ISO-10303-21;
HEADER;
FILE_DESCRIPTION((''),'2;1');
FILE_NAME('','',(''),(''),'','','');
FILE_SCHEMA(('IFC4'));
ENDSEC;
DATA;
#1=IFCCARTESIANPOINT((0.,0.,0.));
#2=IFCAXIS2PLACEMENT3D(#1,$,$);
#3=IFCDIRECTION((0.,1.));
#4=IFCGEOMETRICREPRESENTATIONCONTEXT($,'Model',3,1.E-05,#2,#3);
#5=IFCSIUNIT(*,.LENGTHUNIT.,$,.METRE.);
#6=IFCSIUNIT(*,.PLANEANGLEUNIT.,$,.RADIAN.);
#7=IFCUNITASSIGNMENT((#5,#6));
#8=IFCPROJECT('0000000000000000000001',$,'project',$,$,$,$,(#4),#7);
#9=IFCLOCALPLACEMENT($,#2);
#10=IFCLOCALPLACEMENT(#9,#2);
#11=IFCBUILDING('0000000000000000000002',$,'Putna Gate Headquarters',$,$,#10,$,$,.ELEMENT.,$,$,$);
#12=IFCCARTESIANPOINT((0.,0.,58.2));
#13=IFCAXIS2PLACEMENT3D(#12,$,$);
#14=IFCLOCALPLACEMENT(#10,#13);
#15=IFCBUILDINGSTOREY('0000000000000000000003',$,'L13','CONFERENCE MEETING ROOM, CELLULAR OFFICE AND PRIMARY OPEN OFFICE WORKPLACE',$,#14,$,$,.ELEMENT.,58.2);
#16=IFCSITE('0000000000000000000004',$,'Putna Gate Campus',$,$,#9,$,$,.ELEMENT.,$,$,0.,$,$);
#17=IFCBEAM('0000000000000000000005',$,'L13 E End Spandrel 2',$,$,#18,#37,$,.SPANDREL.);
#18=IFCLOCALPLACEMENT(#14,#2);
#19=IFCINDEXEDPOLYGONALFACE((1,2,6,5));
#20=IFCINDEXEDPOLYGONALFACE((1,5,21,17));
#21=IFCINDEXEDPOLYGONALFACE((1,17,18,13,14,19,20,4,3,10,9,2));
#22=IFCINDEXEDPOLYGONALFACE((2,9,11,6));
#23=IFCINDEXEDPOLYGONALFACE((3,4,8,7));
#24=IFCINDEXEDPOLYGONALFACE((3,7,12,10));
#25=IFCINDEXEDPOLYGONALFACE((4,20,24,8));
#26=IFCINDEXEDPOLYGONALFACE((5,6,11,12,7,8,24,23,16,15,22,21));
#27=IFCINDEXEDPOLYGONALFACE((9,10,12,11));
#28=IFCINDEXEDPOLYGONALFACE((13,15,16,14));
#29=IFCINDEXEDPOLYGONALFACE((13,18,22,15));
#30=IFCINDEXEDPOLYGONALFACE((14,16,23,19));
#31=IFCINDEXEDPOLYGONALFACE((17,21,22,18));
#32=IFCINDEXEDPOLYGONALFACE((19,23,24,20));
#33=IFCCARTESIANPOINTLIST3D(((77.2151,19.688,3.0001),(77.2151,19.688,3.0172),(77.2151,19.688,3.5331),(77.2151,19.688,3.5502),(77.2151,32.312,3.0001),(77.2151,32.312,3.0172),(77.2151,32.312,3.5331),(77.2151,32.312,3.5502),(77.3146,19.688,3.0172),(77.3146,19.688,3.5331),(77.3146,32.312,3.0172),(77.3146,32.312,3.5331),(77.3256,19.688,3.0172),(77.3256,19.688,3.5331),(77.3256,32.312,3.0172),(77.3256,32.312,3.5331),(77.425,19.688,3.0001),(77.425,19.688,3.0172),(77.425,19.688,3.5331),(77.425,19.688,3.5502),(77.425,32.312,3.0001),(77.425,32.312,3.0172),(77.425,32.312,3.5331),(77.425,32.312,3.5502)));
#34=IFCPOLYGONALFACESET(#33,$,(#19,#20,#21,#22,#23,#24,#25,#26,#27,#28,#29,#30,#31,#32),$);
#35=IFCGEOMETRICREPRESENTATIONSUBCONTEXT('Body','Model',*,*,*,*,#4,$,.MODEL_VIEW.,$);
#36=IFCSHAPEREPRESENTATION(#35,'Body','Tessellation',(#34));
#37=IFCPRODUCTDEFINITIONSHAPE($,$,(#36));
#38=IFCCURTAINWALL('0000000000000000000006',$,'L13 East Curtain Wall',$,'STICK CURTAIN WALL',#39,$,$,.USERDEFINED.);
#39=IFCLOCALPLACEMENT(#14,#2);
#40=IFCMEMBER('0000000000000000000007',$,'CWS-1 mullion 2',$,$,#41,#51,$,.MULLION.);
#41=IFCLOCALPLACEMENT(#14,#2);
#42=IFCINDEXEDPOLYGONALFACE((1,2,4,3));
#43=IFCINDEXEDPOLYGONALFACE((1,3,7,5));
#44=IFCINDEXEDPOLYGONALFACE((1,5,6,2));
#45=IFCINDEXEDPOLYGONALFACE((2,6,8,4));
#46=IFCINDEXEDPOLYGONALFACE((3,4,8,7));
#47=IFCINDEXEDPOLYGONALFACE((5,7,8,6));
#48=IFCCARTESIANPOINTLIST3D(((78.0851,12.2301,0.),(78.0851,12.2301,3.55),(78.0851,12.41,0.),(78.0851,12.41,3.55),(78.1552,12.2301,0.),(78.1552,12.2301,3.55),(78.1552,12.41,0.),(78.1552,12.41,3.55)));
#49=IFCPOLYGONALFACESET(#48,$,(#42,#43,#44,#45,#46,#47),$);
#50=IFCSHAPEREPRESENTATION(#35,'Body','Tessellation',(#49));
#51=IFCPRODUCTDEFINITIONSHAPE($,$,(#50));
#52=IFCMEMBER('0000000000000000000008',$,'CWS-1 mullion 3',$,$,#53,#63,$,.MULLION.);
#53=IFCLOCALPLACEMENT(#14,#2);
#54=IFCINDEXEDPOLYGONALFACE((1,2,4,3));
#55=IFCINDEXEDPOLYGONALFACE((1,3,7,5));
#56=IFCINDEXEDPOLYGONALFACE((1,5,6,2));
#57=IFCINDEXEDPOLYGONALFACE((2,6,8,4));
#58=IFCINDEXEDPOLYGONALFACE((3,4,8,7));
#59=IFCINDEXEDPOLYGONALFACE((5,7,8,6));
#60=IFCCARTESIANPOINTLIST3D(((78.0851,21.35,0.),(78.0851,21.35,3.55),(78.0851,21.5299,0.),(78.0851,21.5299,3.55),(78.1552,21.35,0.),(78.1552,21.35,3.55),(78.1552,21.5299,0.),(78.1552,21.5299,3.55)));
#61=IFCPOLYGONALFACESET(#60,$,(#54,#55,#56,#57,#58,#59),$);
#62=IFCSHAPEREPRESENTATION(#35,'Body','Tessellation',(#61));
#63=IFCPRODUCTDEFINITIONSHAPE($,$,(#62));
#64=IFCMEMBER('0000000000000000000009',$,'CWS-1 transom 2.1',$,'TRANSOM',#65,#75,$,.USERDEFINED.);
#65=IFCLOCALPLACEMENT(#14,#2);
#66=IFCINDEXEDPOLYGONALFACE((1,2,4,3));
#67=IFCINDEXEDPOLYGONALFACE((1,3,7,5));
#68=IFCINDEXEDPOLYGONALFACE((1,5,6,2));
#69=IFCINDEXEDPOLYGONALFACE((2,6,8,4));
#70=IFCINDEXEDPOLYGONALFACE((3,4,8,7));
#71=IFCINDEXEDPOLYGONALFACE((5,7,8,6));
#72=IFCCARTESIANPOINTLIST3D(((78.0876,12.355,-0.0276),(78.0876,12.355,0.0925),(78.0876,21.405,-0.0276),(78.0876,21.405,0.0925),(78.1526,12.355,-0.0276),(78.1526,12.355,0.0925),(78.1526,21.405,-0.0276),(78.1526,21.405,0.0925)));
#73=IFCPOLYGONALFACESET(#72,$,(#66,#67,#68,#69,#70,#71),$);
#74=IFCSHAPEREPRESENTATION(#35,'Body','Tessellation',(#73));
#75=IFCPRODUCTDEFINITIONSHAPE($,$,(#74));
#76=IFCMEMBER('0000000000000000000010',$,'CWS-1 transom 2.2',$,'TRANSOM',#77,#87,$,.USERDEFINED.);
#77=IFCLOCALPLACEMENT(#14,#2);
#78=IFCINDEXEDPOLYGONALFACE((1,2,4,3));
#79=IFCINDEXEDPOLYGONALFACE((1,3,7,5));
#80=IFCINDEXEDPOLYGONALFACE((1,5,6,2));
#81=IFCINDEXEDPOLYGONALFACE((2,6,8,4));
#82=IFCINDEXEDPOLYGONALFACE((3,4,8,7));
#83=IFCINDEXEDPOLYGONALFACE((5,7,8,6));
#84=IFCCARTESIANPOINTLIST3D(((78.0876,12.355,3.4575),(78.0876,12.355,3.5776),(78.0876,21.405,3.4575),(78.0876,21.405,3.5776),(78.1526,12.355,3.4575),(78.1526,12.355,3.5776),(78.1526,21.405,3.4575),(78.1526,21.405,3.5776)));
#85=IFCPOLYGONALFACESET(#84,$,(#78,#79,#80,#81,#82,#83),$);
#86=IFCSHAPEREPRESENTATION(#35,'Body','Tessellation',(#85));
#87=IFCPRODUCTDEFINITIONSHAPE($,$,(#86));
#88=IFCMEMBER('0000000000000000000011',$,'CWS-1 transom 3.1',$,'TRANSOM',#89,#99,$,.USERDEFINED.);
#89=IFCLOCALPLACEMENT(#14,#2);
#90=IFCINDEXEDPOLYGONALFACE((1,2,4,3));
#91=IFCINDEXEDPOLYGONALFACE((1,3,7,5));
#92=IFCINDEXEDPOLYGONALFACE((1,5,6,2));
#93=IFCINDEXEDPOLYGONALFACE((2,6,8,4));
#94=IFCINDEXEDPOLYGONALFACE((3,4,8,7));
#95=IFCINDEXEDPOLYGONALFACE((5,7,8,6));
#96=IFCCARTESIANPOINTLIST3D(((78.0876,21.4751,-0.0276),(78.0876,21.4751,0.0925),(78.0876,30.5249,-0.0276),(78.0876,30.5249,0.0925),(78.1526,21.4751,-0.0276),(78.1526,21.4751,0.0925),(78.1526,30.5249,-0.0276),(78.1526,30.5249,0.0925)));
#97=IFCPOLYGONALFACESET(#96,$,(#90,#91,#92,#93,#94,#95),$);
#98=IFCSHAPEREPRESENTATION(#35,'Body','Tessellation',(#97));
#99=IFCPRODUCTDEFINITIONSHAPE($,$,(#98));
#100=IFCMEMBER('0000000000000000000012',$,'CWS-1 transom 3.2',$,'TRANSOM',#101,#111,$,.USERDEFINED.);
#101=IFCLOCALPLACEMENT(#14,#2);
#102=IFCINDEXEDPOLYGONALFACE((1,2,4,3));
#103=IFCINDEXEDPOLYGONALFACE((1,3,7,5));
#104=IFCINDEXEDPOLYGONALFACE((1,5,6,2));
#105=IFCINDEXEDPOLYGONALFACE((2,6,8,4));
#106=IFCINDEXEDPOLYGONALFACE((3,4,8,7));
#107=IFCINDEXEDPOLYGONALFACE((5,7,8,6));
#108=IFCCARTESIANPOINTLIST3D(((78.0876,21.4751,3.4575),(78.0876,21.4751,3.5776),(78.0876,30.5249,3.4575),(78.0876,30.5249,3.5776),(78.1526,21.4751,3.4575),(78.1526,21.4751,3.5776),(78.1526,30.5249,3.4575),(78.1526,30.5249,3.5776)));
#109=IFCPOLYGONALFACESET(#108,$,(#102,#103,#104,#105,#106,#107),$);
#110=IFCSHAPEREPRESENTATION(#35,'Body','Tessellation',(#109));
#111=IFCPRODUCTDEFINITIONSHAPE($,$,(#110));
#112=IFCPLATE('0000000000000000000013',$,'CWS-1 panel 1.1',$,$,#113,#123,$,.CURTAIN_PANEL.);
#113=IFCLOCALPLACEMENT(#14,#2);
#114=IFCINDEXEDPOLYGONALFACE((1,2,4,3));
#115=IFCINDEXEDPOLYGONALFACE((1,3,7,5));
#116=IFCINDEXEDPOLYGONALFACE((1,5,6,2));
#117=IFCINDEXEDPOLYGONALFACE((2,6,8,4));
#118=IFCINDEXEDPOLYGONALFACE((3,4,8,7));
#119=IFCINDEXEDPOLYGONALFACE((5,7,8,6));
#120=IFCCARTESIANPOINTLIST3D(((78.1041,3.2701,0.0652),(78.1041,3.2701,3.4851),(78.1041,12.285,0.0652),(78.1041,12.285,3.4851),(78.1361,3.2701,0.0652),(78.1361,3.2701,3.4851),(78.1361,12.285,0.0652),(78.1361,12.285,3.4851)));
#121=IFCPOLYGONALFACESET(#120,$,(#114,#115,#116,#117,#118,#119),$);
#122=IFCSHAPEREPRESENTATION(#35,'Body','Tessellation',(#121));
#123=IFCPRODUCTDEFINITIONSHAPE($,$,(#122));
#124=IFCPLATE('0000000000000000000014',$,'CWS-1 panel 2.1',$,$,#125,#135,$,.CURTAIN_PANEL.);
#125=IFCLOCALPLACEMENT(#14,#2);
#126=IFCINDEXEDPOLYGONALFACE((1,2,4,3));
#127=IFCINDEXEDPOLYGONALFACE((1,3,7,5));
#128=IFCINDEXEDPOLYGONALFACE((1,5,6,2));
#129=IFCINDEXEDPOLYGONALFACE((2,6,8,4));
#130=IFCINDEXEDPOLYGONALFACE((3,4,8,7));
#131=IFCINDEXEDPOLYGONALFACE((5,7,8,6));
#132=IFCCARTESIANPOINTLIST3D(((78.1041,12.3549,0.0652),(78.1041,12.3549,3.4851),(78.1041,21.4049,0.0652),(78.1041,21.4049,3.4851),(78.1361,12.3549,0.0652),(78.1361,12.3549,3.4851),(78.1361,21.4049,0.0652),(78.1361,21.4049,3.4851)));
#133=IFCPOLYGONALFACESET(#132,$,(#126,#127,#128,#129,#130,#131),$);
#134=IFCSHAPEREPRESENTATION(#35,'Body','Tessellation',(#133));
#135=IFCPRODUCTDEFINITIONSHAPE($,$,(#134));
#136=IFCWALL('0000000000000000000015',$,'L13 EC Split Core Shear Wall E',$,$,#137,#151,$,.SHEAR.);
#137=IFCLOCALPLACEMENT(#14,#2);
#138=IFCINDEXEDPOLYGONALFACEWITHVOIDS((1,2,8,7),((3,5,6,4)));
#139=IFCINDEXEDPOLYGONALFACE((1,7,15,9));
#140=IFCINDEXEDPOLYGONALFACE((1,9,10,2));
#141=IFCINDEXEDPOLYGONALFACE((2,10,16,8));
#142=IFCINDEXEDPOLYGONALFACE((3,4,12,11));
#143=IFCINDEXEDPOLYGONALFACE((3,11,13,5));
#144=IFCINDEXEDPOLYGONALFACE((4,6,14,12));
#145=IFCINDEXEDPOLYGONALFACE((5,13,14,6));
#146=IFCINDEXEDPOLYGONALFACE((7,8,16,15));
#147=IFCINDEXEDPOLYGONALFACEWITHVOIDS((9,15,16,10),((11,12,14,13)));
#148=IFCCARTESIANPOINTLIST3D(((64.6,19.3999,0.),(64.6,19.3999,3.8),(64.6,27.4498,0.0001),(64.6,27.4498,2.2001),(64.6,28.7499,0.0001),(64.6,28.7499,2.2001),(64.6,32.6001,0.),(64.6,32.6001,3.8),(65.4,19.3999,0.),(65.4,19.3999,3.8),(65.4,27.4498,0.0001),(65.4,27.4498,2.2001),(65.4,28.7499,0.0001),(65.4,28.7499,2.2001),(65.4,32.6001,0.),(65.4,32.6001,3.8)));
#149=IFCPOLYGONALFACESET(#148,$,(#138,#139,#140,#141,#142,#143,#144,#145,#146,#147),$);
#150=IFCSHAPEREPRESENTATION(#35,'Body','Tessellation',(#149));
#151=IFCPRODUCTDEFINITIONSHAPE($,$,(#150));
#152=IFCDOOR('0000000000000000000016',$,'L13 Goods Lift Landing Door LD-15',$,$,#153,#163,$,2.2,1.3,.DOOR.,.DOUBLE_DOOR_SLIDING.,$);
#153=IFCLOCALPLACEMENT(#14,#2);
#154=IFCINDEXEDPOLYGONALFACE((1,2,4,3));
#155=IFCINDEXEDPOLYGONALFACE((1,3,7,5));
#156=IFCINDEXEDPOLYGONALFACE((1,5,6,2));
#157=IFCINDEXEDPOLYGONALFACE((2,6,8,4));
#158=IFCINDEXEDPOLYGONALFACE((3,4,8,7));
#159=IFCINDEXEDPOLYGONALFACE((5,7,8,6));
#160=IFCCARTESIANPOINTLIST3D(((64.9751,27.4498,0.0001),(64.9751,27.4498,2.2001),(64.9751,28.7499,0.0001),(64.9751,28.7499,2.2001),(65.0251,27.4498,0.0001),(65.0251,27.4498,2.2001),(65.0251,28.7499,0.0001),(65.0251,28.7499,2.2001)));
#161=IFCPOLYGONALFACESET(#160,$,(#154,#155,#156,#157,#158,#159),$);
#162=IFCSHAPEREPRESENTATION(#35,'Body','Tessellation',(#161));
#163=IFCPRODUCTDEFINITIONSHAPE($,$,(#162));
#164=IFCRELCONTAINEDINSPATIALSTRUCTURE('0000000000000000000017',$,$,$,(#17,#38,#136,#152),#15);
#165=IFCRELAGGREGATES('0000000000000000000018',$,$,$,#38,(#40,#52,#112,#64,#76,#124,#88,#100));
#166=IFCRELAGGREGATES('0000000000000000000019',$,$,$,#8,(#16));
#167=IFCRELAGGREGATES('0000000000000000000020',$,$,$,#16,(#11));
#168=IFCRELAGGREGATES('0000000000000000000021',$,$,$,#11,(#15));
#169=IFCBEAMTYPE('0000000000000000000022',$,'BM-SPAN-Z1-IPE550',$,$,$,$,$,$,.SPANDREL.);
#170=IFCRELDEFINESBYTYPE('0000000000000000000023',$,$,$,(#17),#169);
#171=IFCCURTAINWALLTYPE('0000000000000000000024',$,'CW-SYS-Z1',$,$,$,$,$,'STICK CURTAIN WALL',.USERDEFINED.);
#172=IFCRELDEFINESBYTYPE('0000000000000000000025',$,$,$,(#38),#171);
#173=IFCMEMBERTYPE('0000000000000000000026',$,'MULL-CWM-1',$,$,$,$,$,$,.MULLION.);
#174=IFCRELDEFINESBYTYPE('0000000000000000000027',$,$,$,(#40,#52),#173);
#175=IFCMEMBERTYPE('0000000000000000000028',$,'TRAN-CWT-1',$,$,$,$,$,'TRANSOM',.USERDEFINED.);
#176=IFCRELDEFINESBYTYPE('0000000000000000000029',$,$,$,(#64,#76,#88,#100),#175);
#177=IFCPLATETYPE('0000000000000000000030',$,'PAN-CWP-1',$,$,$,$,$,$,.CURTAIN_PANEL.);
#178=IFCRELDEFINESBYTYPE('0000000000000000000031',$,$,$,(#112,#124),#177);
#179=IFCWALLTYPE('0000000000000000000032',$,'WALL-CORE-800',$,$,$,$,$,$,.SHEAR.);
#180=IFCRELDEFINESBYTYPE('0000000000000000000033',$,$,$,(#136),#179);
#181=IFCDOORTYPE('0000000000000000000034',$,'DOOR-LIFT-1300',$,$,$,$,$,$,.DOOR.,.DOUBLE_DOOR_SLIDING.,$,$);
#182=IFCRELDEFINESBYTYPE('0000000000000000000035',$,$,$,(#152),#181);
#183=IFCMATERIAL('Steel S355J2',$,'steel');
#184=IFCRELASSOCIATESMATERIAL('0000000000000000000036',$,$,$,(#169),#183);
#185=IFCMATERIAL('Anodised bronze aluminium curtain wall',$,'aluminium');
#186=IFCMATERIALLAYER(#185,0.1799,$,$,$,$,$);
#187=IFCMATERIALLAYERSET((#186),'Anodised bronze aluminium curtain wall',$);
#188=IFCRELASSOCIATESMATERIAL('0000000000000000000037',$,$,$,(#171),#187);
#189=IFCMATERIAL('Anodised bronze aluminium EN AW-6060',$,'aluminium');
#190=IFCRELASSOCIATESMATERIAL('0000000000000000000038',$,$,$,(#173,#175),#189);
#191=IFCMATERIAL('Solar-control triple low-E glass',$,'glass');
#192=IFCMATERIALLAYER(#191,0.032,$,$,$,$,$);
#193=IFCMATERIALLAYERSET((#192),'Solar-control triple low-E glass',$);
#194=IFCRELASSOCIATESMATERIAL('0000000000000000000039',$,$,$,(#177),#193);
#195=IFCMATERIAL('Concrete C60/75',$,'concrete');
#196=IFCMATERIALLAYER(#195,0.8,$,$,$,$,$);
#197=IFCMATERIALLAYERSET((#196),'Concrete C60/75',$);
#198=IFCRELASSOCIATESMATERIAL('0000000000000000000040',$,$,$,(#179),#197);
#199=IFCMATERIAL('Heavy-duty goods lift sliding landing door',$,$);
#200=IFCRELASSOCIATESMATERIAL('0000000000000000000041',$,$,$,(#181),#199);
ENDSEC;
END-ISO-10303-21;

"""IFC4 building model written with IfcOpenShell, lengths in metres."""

from ifc_helpers import new_model, si_unit, direction, frame, frame_2d, origin, origin_2d, place, context, subcontext, project, spatial, rectangle, i_section, extrude, material, layer, layer_set, material_profile, profile_set, type_object, element, fill, aggregate, save


model = new_model("IFC4")

# Units and contexts
model_context = context("Model", 3, precision=1e-05, world=origin(), true_north=direction((0.0, 1.0)))
body_context = subcontext(model_context, "Body", "Model", "MODEL_VIEW")
ifc_project = project(units=[si_unit("LENGTHUNIT", "METRE"), si_unit("PLANEANGLEUNIT", "RADIAN")], contexts=[model_context])

# Site, building, storey
site_placement = place(None, origin())
site = spatial("IfcSite", under=ifc_project, at=site_placement, Name="Putna Gate Campus", CompositionType="ELEMENT", RefElevation=0.0)
building_placement = place(site_placement, origin())
building = spatial("IfcBuilding", under=site, at=building_placement, Name="Putna Gate Headquarters", CompositionType="ELEMENT")
storey_placement = place(building_placement, frame((0.0, 0.0, 58.2)))
storey = spatial("IfcBuildingStorey", under=building, at=storey_placement, Name="L13", Description="CONFERENCE MEETING ROOM, CELLULAR OFFICE AND PRIMARY OPEN OFFICE WORKPLACE", CompositionType="ELEMENT", Elevation=58.2)

# Shared definitions
ifc_material_1 = material(Name="Concrete C60/75", Category="concrete")

# Beam
ifc_material_2 = material(Name="Steel S355J2", Category="steel")
ifc_material_profile_1 = material_profile(ifc_material_2, i_section(OverallWidth=0.21, OverallDepth=0.55, WebThickness=0.011, FlangeThickness=0.0171, at=origin_2d()), Name="Steel S355J2")
ifc_profile_set_1 = profile_set([ifc_material_profile_1], Name="Steel S355J2")
beam_type_1 = type_object("IfcBeamType", Name="BM-SPAN-Z1-IPE550", PredefinedType="SPANDREL", material=ifc_profile_set_1)
beam_1_placement = place(storey_placement, frame((77.3201, 19.688, 3.2751), z_axis=(0.0, 1.0, 0.0), x_axis=(-1.0, 0.0, 0.0)))
element("IfcBeam", 1, at=beam_1_placement, inside=storey, type_object=beam_type_1, Name="L13 E End Spandrel 2", PredefinedType="SPANDREL", context=body_context, shape_type="SweptSolid", body=[
    extrude(i_section(OverallWidth=0.21, OverallDepth=0.55, WebThickness=0.011, FlangeThickness=0.0171, at=origin_2d()), origin(), (0.0, 0.0, 1.0), 12.624),
])

# Curtain wall, members, plates
ifc_material_3 = material(Name="Anodised bronze aluminium curtain wall", Category="aluminium")
ifc_layer_1 = layer(ifc_material_3, 0.1799)
ifc_layer_set_1 = layer_set([ifc_layer_1], Name="Anodised bronze aluminium curtain wall")
curtain_wall_type = type_object("IfcCurtainWallType", Name="CW-SYS-Z1", ElementType="STICK CURTAIN WALL", PredefinedType="USERDEFINED", material=ifc_layer_set_1)
curtain_wall_placement = place(storey_placement, origin())
curtain_wall = element("IfcCurtainWall", 2, at=curtain_wall_placement, inside=storey, type_object=curtain_wall_type, Name="L13 East Curtain Wall", ObjectType="STICK CURTAIN WALL", PredefinedType="USERDEFINED")
ifc_material_4 = material(Name="Anodised bronze aluminium EN AW-6060", Category="aluminium")
ifc_material_profile_2 = material_profile(ifc_material_4, rectangle(XDim=0.0701, YDim=0.1799, at=origin_2d()), Name="Anodised bronze aluminium EN AW-6060")
ifc_profile_set_2 = profile_set([ifc_material_profile_2], Name="Anodised bronze aluminium EN AW-6060")
member_type_1 = type_object("IfcMemberType", Name="MULL-CWM-1", PredefinedType="MULLION", material=ifc_profile_set_2)
member_1_placement = place(storey_placement, frame((78.1201, 12.3201, 0.0), z_axis=(0.0, 0.0, 1.0), x_axis=(-1.0, 0.0, 0.0)))
member_1 = element("IfcMember", 3, at=member_1_placement, type_object=member_type_1, Name="CWS-1 mullion 2", PredefinedType="MULLION", context=body_context, shape_type="SweptSolid", body=[
    extrude(rectangle(XDim=0.0701, YDim=0.1799, at=origin_2d()), origin(), (0.0, 0.0, 1.0), 3.55),
])
member_2_placement = place(storey_placement, frame((78.1201, 21.4399, 0.0), z_axis=(0.0, 0.0, 1.0), x_axis=(-1.0, 0.0, 0.0)))
member_2 = element("IfcMember", 4, at=member_2_placement, type_object=member_type_1, Name="CWS-1 mullion 3", PredefinedType="MULLION", context=body_context, shape_type="SweptSolid", body=[
    extrude(rectangle(XDim=0.0701, YDim=0.1799, at=origin_2d()), origin(), (0.0, 0.0, 1.0), 3.55),
])
ifc_material_profile_3 = material_profile(ifc_material_4, rectangle(XDim=0.0649, YDim=0.1201, at=origin_2d()), Name="Anodised bronze aluminium EN AW-6060")
ifc_profile_set_3 = profile_set([ifc_material_profile_3], Name="Anodised bronze aluminium EN AW-6060")
member_type_2 = type_object("IfcMemberType", Name="TRAN-CWT-1", ElementType="TRANSOM", PredefinedType="USERDEFINED", material=ifc_profile_set_3)
member_3_placement = place(storey_placement, frame((78.1201, 12.355, 0.0325), z_axis=(0.0, 1.0, 0.0), x_axis=(-1.0, 0.0, 0.0)))
member_3 = element("IfcMember", 5, at=member_3_placement, type_object=member_type_2, Name="CWS-1 transom 2.1", ObjectType="TRANSOM", PredefinedType="USERDEFINED", context=body_context, shape_type="SweptSolid", body=[
    extrude(rectangle(XDim=0.0649, YDim=0.1201, at=origin_2d()), origin(), (0.0, 0.0, 1.0), 9.05),
])
member_4_placement = place(storey_placement, frame((78.1201, 12.355, 3.5176), z_axis=(0.0, 1.0, 0.0), x_axis=(-1.0, 0.0, 0.0)))
member_4 = element("IfcMember", 6, at=member_4_placement, type_object=member_type_2, Name="CWS-1 transom 2.2", ObjectType="TRANSOM", PredefinedType="USERDEFINED", context=body_context, shape_type="SweptSolid", body=[
    extrude(rectangle(XDim=0.0649, YDim=0.1201, at=origin_2d()), origin(), (0.0, 0.0, 1.0), 9.05),
])
member_5_placement = place(storey_placement, frame((78.1201, 21.4751, 0.0325), z_axis=(0.0, 1.0, 0.0), x_axis=(-1.0, 0.0, 0.0)))
member_5 = element("IfcMember", 7, at=member_5_placement, type_object=member_type_2, Name="CWS-1 transom 3.1", ObjectType="TRANSOM", PredefinedType="USERDEFINED", context=body_context, shape_type="SweptSolid", body=[
    extrude(rectangle(XDim=0.0649, YDim=0.1201, at=origin_2d()), origin(), (0.0, 0.0, 1.0), 9.0498),
])
member_6_placement = place(storey_placement, frame((78.1201, 21.4751, 3.5176), z_axis=(0.0, 1.0, 0.0), x_axis=(-1.0, 0.0, 0.0)))
member_6 = element("IfcMember", 8, at=member_6_placement, type_object=member_type_2, Name="CWS-1 transom 3.2", ObjectType="TRANSOM", PredefinedType="USERDEFINED", context=body_context, shape_type="SweptSolid", body=[
    extrude(rectangle(XDim=0.0649, YDim=0.1201, at=origin_2d()), origin(), (0.0, 0.0, 1.0), 9.0498),
])
ifc_material_5 = material(Name="Solar-control triple low-E glass", Category="glass")
ifc_layer_2 = layer(ifc_material_5, 0.032)
ifc_layer_set_2 = layer_set([ifc_layer_2], Name="Solar-control triple low-E glass")
plate_type = type_object("IfcPlateType", Name="PAN-CWP-1", PredefinedType="CURTAIN_PANEL", material=ifc_layer_set_2)
plate_1_placement = place(storey_placement, frame((78.1201, 7.7776, 0.0652), z_axis=(0.0, 0.0, 1.0), x_axis=(0.0, 1.0, 0.0)))
plate_1 = element("IfcPlate", 9, at=plate_1_placement, type_object=plate_type, Name="CWS-1 panel 1.1", PredefinedType="CURTAIN_PANEL", context=body_context, shape_type="SweptSolid", body=[
    extrude(rectangle(XDim=9.0149, YDim=0.032, at=origin_2d()), origin(), (0.0, 0.0, 1.0), 3.4199),
])
plate_2_placement = place(storey_placement, frame((78.1201, 16.8799, 0.0652), z_axis=(0.0, 0.0, 1.0), x_axis=(0.0, 1.0, 0.0)))
plate_2 = element("IfcPlate", 10, at=plate_2_placement, type_object=plate_type, Name="CWS-1 panel 2.1", PredefinedType="CURTAIN_PANEL", context=body_context, shape_type="SweptSolid", body=[
    extrude(rectangle(XDim=9.05, YDim=0.032, at=origin_2d()), origin(), (0.0, 0.0, 1.0), 3.4199),
])
aggregate(curtain_wall, [member_1, member_2, plate_1, member_3, member_4, plate_2, member_5, member_6])

# Wall, opening, door
ifc_layer_3 = layer(ifc_material_1, 0.8)
ifc_layer_set_3 = layer_set([ifc_layer_3], Name="Concrete C60/75")
wall_type_1 = type_object("IfcWallType", Name="WALL-CORE-800", PredefinedType="SHEAR", material=ifc_layer_set_3)
wall_1_placement = place(storey_placement, frame((65.0, 19.3999, 0.0), z_axis=(0.0, 0.0, 1.0), x_axis=(0.0, 1.0, 0.0)))
wall_1 = element("IfcWall", 11, at=wall_1_placement, inside=storey, type_object=wall_type_1, Name="L13 EC Split Core Shear Wall E", PredefinedType="SHEAR", context=body_context, shape_type="SweptSolid", body=[
    extrude(rectangle(XDim=13.2002, YDim=0.8, at=frame_2d((6.6001, 0.0))), origin(), (0.0, 0.0, 1.0), 3.8),
])
opening_1_placement = place(wall_1_placement, frame((8.05, 0.0, 0.0)))
opening_1 = element("IfcOpeningElement", 12, at=opening_1_placement, cuts=wall_1, PredefinedType="OPENING", context=body_context, shape_type="SweptSolid", body=[
    extrude(rectangle(XDim=1.3, YDim=2.2, at=frame_2d((0.6499, 1.1001))), frame((0.0, 0.4099, 0.0), z_axis=(0.0, -1.0, 0.0), x_axis=(1.0, 0.0, 0.0)), (0.0, 0.0, 1.0), 0.8201),
])
ifc_material_6 = material(Name="Heavy-duty goods lift sliding landing door")
door_type_1 = type_object("IfcDoorType", Name="DOOR-LIFT-1300", OperationType="DOUBLE_DOOR_SLIDING", PredefinedType="DOOR", material=ifc_material_6)
door_1_placement = place(opening_1_placement, origin())
door_1 = element("IfcDoor", 13, at=door_1_placement, inside=storey, type_object=door_type_1, Name="L13 Goods Lift Landing Door LD-15", OperationType="DOUBLE_DOOR_SLIDING", OverallHeight=2.2, OverallWidth=1.3, PredefinedType="DOOR", context=body_context, shape_type="SweptSolid", body=[
    extrude(rectangle(XDim=1.3, YDim=2.2, at=frame_2d((0.6499, 1.1001))), frame((0.0, 0.0249, 0.0), z_axis=(0.0, -1.0, 0.0), x_axis=(1.0, 0.0, 0.0)), (0.0, 0.0, 1.0), 0.05),
])
fill(opening_1, door_1)

save(model, "model.ifc")
